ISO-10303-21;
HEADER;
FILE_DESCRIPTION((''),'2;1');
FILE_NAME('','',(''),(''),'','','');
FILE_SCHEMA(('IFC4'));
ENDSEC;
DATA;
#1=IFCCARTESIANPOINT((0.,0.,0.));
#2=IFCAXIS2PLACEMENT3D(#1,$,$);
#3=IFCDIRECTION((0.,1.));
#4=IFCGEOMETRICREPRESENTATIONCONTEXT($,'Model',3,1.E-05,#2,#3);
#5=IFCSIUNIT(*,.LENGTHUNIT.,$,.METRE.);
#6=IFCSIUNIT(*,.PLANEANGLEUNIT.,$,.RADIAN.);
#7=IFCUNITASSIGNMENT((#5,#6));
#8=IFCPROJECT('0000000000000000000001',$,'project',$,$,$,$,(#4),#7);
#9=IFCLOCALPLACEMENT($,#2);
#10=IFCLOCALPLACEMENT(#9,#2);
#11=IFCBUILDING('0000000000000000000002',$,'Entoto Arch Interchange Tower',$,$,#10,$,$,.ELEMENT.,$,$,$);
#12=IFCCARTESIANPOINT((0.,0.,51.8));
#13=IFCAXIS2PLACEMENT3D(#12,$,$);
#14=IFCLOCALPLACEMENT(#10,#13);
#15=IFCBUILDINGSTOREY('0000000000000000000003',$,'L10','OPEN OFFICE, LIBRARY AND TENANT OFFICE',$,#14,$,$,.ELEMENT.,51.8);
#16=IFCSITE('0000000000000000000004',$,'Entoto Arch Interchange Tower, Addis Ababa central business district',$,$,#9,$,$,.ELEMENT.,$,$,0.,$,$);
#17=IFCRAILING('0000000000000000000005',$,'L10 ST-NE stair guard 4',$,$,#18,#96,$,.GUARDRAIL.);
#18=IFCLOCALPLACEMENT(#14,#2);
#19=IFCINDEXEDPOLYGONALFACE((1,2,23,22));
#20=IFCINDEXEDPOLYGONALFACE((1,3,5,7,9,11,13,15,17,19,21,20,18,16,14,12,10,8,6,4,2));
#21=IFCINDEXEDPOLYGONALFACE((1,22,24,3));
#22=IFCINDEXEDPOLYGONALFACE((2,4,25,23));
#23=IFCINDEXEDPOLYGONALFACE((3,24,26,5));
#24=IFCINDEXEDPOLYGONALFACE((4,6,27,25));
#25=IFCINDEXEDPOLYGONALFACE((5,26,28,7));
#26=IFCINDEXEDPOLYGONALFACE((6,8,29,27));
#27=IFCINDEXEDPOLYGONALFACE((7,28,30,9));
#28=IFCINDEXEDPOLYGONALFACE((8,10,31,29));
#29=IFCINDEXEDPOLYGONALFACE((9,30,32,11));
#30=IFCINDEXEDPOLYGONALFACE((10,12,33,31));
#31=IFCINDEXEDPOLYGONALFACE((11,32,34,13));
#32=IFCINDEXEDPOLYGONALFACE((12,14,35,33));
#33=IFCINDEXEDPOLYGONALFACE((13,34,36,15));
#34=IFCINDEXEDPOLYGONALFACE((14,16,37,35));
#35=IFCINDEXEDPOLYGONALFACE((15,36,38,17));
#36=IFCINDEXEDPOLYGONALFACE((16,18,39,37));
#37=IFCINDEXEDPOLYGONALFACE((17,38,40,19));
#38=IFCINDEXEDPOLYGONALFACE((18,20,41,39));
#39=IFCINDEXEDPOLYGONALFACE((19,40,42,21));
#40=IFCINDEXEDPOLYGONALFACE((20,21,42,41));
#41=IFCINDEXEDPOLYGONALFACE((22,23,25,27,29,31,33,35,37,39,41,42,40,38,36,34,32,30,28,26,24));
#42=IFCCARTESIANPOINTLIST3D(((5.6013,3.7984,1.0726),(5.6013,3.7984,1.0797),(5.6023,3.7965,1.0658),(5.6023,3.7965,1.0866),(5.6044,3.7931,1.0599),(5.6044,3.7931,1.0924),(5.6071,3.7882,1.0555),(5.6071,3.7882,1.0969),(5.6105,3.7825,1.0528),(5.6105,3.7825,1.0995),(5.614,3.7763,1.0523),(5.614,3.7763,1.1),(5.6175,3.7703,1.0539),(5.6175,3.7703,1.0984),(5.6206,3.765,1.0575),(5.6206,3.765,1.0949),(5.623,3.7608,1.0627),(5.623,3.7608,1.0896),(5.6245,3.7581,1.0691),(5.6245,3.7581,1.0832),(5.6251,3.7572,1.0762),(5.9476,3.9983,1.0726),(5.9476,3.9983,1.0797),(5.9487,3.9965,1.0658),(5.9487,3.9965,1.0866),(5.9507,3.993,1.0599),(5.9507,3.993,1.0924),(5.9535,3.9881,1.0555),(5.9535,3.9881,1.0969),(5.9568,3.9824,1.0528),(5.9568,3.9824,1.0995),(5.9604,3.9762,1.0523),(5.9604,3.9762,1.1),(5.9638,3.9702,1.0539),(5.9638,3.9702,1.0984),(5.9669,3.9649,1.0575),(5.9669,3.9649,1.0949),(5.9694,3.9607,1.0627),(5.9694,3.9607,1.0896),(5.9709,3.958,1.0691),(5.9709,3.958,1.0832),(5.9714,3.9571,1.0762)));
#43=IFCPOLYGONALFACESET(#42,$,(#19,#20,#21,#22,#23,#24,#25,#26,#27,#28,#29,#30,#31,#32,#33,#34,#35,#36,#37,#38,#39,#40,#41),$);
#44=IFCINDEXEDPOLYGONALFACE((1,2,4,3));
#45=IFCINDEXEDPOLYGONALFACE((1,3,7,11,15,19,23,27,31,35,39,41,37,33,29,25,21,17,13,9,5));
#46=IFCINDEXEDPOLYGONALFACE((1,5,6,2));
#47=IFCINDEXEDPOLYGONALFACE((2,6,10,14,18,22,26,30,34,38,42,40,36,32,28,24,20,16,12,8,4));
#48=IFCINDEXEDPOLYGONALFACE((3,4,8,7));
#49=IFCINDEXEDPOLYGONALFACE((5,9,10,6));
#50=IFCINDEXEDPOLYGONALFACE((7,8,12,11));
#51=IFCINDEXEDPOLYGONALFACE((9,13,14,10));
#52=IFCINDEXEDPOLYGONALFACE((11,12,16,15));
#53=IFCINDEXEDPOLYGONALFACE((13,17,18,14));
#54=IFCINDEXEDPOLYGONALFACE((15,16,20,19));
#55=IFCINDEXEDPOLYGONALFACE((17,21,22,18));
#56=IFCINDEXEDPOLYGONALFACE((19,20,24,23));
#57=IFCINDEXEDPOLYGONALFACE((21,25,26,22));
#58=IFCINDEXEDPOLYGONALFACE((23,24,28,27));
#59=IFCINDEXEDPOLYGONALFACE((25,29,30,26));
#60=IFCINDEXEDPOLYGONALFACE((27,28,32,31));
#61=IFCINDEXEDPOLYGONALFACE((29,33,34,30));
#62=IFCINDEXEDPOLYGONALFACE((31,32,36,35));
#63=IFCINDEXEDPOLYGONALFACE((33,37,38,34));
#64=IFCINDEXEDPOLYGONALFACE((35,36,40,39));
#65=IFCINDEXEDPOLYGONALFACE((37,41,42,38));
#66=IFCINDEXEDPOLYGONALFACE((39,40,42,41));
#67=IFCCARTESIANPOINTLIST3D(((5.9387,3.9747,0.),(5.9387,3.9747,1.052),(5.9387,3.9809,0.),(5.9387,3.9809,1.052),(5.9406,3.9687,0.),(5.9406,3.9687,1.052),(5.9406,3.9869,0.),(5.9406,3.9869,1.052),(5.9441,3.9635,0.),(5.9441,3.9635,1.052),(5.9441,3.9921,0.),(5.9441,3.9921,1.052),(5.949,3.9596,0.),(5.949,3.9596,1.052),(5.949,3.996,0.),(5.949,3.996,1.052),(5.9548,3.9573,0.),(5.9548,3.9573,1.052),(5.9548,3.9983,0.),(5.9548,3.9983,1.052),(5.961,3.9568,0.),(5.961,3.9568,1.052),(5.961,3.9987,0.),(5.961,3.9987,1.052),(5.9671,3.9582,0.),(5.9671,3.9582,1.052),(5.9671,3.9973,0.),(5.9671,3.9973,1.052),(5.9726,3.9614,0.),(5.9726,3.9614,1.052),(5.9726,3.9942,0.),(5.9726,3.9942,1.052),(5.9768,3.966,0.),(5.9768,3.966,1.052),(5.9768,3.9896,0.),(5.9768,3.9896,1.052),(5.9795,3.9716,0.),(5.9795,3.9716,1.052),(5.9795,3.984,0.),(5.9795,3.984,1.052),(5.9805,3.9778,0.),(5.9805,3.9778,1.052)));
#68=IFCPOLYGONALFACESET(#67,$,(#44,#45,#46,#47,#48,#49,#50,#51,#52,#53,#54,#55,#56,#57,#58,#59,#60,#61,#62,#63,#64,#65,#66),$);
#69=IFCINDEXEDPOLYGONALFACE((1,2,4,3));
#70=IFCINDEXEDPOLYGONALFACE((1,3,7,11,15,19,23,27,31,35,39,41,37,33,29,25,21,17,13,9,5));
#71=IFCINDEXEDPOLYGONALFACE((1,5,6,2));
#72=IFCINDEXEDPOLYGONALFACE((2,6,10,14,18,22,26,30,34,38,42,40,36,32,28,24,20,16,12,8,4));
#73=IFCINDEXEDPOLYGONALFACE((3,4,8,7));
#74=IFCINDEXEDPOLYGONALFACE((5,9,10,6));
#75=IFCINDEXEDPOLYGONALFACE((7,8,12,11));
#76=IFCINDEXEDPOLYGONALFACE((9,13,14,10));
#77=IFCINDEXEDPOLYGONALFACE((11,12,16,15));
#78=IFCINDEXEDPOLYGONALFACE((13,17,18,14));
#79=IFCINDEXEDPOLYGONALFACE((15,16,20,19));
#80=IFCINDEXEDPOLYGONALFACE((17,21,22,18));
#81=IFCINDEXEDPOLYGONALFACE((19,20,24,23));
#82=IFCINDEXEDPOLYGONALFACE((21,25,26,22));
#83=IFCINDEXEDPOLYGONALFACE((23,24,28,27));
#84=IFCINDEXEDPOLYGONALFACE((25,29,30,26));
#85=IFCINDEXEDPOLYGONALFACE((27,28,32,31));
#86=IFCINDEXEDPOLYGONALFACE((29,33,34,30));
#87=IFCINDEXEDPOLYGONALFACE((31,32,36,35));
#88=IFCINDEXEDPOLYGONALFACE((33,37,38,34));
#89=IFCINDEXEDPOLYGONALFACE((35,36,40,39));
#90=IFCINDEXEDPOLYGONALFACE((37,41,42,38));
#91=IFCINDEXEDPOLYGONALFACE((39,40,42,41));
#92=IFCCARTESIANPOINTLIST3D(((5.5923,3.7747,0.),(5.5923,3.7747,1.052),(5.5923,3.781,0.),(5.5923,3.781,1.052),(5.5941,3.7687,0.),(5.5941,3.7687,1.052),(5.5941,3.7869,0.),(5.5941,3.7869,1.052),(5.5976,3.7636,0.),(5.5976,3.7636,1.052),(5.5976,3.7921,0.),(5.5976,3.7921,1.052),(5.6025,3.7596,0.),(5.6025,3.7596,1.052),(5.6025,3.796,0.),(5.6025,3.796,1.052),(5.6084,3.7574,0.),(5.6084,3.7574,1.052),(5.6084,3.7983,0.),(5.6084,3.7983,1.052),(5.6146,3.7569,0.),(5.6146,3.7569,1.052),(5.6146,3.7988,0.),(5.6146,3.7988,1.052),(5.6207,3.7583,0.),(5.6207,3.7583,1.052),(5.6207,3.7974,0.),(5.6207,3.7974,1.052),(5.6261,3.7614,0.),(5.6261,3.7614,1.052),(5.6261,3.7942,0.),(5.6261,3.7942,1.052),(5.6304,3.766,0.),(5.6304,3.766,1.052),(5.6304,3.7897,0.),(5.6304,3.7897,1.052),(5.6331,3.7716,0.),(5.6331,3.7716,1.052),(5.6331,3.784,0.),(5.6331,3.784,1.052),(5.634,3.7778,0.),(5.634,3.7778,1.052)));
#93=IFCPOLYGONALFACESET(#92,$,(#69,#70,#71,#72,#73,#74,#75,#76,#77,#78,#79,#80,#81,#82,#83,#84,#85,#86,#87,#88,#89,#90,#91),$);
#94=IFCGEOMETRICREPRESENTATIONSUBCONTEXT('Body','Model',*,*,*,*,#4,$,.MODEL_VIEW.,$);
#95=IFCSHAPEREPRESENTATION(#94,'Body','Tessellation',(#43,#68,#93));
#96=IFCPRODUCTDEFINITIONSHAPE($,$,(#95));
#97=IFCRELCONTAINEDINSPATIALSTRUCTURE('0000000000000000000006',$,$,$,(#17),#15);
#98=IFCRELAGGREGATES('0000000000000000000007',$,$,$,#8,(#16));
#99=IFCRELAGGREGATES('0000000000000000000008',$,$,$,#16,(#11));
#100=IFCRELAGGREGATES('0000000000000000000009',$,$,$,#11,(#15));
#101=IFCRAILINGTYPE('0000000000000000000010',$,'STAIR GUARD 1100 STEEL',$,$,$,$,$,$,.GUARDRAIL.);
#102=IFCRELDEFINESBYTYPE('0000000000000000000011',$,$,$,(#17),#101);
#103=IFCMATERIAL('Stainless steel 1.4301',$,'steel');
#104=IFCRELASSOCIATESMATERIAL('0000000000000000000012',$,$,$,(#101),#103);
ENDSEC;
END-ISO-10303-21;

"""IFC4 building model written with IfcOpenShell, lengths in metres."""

from ifc_helpers import new_model, si_unit, direction, frame, origin, origin_2d, place, context, subcontext, project, spatial, circle, extrude, material, type_object, element, save


model = new_model("IFC4")

# Units and contexts
model_context = context("Model", 3, precision=1e-05, world=origin(), true_north=direction((0.0, 1.0)))
body_context = subcontext(model_context, "Body", "Model", "MODEL_VIEW")
ifc_project = project(units=[si_unit("LENGTHUNIT", "METRE"), si_unit("PLANEANGLEUNIT", "RADIAN")], contexts=[model_context])

# Site, building, storey
site_placement = place(None, origin())
site = spatial("IfcSite", under=ifc_project, at=site_placement, Name="Entoto Arch Interchange Tower, Addis Ababa central business district", CompositionType="ELEMENT", RefElevation=0.0)
building_placement = place(site_placement, origin())
building = spatial("IfcBuilding", under=site, at=building_placement, Name="Entoto Arch Interchange Tower", CompositionType="ELEMENT")
storey_placement = place(building_placement, frame((0.0, 0.0, 51.8)))
storey = spatial("IfcBuildingStorey", under=building, at=storey_placement, Name="L10", Description="OPEN OFFICE, LIBRARY AND TENANT OFFICE", CompositionType="ELEMENT", Elevation=51.8)

# Railing
ifc_material_1 = material(Name="Stainless steel 1.4301", Category="steel")
railing_type_1 = type_object("IfcRailingType", Name="STAIR GUARD 1100 STEEL", PredefinedType="GUARDRAIL", material=ifc_material_1)
railing_1_placement = place(storey_placement, frame((5.9595, 3.9778, 0.0)))
element("IfcRailing", 1, at=railing_1_placement, inside=storey, type_object=railing_type_1, Name="L10 ST-NE stair guard 4", PredefinedType="GUARDRAIL", context=body_context, shape_type="SweptSolid", body=[
    extrude(circle(Radius=0.0239, at=origin_2d()), frame((0.0, 0.0, 1.0762), z_axis=(-0.866094, -0.499881, 0.0), x_axis=(0.499881, -0.866094, 0.0)), (0.0, 0.0, 1.0), 0.3999),
    extrude(circle(Radius=0.021, at=origin_2d()), origin(), (0.0, 0.0, 1.0), 1.052),
    extrude(circle(Radius=0.021, at=origin_2d()), frame((-0.3464, -0.2, 0.0)), (0.0, 0.0, 1.0), 1.052),
])

save(model, "model.ifc")
